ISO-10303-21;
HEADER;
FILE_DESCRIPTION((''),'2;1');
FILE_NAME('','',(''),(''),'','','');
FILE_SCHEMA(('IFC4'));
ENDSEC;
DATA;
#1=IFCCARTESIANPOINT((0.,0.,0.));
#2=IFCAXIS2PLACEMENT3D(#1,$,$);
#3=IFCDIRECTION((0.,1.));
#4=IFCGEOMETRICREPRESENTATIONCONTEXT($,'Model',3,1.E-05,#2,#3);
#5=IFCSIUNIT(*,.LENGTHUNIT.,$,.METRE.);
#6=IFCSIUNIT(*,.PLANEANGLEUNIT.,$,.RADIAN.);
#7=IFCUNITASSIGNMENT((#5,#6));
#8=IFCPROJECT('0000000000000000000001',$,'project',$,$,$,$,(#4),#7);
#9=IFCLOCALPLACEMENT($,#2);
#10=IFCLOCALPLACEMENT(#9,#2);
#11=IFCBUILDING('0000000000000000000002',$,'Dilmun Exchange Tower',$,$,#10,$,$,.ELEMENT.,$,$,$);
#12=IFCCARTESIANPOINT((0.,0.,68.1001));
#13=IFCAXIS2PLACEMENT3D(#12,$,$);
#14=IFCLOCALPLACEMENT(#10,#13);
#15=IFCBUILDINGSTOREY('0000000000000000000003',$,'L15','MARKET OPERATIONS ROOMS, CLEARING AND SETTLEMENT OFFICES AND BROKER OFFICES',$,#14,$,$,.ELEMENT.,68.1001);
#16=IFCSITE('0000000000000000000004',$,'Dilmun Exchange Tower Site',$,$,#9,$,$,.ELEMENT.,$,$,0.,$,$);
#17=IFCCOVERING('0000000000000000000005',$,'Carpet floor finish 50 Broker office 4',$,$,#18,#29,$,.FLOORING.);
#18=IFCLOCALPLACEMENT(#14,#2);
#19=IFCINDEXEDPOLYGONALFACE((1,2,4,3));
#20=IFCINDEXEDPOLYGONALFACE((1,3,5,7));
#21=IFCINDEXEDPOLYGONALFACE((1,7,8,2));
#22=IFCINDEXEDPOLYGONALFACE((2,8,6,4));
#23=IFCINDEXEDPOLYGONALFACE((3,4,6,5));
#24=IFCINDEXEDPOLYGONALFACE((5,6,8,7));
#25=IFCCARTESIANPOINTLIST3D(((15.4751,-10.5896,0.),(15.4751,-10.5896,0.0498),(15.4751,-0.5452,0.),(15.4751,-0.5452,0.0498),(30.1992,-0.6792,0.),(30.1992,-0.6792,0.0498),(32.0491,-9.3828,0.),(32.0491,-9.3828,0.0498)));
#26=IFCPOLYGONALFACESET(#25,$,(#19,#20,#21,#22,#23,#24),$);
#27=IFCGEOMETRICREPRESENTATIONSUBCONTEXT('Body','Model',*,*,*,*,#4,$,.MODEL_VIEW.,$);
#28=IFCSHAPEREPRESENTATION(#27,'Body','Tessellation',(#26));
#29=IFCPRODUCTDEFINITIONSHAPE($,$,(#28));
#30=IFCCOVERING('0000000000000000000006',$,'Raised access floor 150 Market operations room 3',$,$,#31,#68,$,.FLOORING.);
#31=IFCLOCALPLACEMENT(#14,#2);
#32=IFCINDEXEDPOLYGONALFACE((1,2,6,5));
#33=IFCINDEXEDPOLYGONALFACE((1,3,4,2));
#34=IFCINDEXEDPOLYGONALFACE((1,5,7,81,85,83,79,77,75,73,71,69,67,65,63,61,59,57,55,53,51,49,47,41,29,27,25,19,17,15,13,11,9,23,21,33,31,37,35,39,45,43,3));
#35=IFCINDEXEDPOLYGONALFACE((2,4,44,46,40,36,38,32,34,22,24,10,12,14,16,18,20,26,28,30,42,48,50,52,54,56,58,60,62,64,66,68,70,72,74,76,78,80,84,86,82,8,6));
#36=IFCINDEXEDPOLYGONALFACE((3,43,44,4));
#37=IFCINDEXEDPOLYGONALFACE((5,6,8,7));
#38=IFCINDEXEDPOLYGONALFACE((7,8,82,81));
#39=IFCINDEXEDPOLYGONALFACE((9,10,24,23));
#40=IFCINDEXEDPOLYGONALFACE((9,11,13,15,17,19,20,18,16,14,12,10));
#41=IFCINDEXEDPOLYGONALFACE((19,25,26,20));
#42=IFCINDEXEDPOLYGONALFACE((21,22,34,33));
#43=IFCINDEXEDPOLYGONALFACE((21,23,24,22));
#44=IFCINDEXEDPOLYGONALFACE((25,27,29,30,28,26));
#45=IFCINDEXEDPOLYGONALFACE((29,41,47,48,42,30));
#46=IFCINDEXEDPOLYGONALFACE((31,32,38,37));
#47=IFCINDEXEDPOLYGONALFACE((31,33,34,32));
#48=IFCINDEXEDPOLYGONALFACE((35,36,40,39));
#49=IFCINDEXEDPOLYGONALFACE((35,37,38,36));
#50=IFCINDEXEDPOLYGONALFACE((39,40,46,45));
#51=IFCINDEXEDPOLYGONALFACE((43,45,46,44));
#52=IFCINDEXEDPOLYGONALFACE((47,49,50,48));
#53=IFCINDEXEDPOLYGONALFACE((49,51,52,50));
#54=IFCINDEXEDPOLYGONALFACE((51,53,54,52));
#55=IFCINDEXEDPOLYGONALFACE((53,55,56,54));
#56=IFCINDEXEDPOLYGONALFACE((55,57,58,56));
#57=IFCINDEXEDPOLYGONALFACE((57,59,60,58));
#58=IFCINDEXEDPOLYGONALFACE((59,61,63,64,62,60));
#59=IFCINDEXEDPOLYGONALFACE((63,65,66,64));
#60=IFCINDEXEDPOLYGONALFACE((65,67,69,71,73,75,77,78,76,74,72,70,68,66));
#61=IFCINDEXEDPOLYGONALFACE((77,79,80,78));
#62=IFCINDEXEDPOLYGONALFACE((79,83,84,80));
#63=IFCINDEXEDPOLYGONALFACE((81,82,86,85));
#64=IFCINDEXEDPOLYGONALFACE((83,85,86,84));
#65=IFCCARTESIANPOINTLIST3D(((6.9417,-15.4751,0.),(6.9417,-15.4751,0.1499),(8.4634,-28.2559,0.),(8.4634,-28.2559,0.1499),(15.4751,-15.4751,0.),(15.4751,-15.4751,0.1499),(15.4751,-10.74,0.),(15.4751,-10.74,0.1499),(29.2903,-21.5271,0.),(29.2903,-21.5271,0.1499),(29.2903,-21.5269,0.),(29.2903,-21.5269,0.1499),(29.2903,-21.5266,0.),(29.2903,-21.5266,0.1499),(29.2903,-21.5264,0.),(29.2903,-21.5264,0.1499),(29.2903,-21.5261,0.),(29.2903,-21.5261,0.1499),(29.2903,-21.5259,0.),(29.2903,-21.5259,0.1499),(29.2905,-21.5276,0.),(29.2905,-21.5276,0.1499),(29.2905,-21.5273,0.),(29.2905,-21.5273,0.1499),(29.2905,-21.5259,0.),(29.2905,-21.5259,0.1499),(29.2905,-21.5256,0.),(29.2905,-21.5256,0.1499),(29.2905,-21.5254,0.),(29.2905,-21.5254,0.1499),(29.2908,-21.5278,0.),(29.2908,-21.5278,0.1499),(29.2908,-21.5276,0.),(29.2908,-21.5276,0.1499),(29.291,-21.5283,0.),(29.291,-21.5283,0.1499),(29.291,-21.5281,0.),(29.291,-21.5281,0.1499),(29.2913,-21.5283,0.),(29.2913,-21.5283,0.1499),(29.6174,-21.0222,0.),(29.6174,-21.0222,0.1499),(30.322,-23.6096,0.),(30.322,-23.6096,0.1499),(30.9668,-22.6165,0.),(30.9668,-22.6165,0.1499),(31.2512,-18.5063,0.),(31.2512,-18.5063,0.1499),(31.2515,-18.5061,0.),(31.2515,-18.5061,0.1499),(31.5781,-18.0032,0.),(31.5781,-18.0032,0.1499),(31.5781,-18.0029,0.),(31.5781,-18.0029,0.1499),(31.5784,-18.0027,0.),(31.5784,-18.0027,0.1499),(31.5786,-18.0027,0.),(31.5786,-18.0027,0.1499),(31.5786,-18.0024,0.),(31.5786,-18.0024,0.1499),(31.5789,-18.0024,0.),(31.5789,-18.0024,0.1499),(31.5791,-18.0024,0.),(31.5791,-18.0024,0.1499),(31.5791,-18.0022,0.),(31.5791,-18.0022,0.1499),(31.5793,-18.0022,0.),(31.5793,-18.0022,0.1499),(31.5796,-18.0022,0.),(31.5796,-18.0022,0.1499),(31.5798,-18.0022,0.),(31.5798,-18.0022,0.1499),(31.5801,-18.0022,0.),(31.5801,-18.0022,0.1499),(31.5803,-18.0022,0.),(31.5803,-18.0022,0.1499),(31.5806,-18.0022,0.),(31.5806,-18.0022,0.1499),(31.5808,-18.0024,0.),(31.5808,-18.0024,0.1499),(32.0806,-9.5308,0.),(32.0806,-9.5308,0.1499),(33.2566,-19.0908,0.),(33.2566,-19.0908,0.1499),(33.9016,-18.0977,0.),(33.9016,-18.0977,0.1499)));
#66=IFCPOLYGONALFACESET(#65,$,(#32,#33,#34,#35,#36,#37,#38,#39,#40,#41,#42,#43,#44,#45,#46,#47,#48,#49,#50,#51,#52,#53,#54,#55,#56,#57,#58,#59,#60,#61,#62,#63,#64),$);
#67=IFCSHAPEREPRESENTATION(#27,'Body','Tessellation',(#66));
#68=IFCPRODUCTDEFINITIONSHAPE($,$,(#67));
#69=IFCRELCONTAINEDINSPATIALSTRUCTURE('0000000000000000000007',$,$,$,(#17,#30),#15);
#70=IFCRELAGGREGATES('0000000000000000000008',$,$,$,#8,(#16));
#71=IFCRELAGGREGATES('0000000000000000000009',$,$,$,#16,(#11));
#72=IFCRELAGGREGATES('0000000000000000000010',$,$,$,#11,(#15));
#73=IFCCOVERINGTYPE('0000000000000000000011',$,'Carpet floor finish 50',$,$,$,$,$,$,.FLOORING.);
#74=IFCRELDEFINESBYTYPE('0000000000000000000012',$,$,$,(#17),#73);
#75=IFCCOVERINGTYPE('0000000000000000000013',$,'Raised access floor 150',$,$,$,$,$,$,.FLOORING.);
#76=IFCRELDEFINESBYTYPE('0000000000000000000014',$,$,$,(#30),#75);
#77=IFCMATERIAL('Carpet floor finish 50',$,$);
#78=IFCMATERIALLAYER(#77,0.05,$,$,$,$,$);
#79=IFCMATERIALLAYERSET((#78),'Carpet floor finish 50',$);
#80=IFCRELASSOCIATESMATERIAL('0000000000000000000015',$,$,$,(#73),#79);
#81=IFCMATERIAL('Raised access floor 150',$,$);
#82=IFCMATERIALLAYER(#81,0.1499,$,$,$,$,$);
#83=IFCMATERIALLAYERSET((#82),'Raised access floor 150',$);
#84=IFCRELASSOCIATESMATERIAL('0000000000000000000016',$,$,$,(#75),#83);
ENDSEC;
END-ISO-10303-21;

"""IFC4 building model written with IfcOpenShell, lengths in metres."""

from ifc_helpers import new_model, si_unit, direction, frame, origin, place, context, subcontext, project, spatial, polyline, outline, extrude, material, layer, layer_set, type_object, element, save


model = new_model("IFC4")

# Units and contexts
model_context = context("Model", 3, precision=1e-05, world=origin(), true_north=direction((0.0, 1.0)))
body_context = subcontext(model_context, "Body", "Model", "MODEL_VIEW")
ifc_project = project(units=[si_unit("LENGTHUNIT", "METRE"), si_unit("PLANEANGLEUNIT", "RADIAN")], contexts=[model_context])

# Site, building, storey
site_placement = place(None, origin())
site = spatial("IfcSite", under=ifc_project, at=site_placement, Name="Dilmun Exchange Tower Site", CompositionType="ELEMENT", RefElevation=0.0)
building_placement = place(site_placement, origin())
building = spatial("IfcBuilding", under=site, at=building_placement, Name="Dilmun Exchange Tower", CompositionType="ELEMENT")
storey_placement = place(building_placement, frame((0.0, 0.0, 68.1001)))
storey = spatial("IfcBuildingStorey", under=building, at=storey_placement, Name="L15", Description="MARKET OPERATIONS ROOMS, CLEARING AND SETTLEMENT OFFICES AND BROKER OFFICES", CompositionType="ELEMENT", Elevation=68.1001)

# Coverings
ifc_material_1 = material(Name="Carpet floor finish 50")
ifc_layer_1 = layer(ifc_material_1, 0.05)
ifc_layer_set_1 = layer_set([ifc_layer_1], Name="Carpet floor finish 50")
covering_type_1 = type_object("IfcCoveringType", Name="Carpet floor finish 50", PredefinedType="FLOORING", material=ifc_layer_set_1)
covering_1_placement = place(storey_placement, origin())
element("IfcCovering", 1, at=covering_1_placement, inside=storey, type_object=covering_type_1, Name="Carpet floor finish 50 Broker office 4", PredefinedType="FLOORING", context=body_context, shape_type="SweptSolid", body=[
    extrude(outline(polyline([(15.4751, -10.5896), (15.4751, -0.5452), (30.1992, -0.6792), (32.0491, -9.3828), (15.4751, -10.5896)])), origin(), (0.0, 0.0, 1.0), 0.0498),
])
ifc_material_2 = material(Name="Raised access floor 150")
ifc_layer_2 = layer(ifc_material_2, 0.1499)
ifc_layer_set_2 = layer_set([ifc_layer_2], Name="Raised access floor 150")
covering_type_2 = type_object("IfcCoveringType", Name="Raised access floor 150", PredefinedType="FLOORING", material=ifc_layer_set_2)
covering_2_placement = place(storey_placement, origin())
element("IfcCovering", 2, at=covering_2_placement, inside=storey, type_object=covering_type_2, Name="Raised access floor 150 Market operations room 3", PredefinedType="FLOORING", context=body_context, shape_type="SweptSolid", body=[
    extrude(outline(polyline([(6.9417, -15.4751), (15.4751, -15.4751), (15.4751, -10.74), (32.0806, -9.5308), (33.9016, -18.0977), (33.2566, -19.0908), (31.5808, -18.0024), (31.5808, -18.0024), (31.5806, -18.0022), (31.5803, -18.0022), (31.5801, -18.0022), (31.5801, -18.0022), (31.5798, -18.0022), (31.5796, -18.0022), (31.5793, -18.0022), (31.5791, -18.0022), (31.5791, -18.0024), (31.5789, -18.0024), (31.5786, -18.0024), (31.5786, -18.0027), (31.5784, -18.0027), (31.5781, -18.0029), (31.5781, -18.0032), (31.2515, -18.5061), (31.2512, -18.5063), (29.6174, -21.0222), (29.2905, -21.5254), (29.2905, -21.5256), (29.2905, -21.5259), (29.2903, -21.5259), (29.2903, -21.5261), (29.2903, -21.5264), (29.2903, -21.5266), (29.2903, -21.5269), (29.2903, -21.5271), (29.2903, -21.5271), (29.2905, -21.5273), (29.2905, -21.5276), (29.2908, -21.5276), (29.2908, -21.5278), (29.291, -21.5281), (29.291, -21.5283), (29.2913, -21.5283), (30.9668, -22.6165), (30.322, -23.6096), (8.4634, -28.2559), (6.9417, -15.4751)])), origin(), (0.0, 0.0, 1.0), 0.1499),
])

save(model, "model.ifc")
